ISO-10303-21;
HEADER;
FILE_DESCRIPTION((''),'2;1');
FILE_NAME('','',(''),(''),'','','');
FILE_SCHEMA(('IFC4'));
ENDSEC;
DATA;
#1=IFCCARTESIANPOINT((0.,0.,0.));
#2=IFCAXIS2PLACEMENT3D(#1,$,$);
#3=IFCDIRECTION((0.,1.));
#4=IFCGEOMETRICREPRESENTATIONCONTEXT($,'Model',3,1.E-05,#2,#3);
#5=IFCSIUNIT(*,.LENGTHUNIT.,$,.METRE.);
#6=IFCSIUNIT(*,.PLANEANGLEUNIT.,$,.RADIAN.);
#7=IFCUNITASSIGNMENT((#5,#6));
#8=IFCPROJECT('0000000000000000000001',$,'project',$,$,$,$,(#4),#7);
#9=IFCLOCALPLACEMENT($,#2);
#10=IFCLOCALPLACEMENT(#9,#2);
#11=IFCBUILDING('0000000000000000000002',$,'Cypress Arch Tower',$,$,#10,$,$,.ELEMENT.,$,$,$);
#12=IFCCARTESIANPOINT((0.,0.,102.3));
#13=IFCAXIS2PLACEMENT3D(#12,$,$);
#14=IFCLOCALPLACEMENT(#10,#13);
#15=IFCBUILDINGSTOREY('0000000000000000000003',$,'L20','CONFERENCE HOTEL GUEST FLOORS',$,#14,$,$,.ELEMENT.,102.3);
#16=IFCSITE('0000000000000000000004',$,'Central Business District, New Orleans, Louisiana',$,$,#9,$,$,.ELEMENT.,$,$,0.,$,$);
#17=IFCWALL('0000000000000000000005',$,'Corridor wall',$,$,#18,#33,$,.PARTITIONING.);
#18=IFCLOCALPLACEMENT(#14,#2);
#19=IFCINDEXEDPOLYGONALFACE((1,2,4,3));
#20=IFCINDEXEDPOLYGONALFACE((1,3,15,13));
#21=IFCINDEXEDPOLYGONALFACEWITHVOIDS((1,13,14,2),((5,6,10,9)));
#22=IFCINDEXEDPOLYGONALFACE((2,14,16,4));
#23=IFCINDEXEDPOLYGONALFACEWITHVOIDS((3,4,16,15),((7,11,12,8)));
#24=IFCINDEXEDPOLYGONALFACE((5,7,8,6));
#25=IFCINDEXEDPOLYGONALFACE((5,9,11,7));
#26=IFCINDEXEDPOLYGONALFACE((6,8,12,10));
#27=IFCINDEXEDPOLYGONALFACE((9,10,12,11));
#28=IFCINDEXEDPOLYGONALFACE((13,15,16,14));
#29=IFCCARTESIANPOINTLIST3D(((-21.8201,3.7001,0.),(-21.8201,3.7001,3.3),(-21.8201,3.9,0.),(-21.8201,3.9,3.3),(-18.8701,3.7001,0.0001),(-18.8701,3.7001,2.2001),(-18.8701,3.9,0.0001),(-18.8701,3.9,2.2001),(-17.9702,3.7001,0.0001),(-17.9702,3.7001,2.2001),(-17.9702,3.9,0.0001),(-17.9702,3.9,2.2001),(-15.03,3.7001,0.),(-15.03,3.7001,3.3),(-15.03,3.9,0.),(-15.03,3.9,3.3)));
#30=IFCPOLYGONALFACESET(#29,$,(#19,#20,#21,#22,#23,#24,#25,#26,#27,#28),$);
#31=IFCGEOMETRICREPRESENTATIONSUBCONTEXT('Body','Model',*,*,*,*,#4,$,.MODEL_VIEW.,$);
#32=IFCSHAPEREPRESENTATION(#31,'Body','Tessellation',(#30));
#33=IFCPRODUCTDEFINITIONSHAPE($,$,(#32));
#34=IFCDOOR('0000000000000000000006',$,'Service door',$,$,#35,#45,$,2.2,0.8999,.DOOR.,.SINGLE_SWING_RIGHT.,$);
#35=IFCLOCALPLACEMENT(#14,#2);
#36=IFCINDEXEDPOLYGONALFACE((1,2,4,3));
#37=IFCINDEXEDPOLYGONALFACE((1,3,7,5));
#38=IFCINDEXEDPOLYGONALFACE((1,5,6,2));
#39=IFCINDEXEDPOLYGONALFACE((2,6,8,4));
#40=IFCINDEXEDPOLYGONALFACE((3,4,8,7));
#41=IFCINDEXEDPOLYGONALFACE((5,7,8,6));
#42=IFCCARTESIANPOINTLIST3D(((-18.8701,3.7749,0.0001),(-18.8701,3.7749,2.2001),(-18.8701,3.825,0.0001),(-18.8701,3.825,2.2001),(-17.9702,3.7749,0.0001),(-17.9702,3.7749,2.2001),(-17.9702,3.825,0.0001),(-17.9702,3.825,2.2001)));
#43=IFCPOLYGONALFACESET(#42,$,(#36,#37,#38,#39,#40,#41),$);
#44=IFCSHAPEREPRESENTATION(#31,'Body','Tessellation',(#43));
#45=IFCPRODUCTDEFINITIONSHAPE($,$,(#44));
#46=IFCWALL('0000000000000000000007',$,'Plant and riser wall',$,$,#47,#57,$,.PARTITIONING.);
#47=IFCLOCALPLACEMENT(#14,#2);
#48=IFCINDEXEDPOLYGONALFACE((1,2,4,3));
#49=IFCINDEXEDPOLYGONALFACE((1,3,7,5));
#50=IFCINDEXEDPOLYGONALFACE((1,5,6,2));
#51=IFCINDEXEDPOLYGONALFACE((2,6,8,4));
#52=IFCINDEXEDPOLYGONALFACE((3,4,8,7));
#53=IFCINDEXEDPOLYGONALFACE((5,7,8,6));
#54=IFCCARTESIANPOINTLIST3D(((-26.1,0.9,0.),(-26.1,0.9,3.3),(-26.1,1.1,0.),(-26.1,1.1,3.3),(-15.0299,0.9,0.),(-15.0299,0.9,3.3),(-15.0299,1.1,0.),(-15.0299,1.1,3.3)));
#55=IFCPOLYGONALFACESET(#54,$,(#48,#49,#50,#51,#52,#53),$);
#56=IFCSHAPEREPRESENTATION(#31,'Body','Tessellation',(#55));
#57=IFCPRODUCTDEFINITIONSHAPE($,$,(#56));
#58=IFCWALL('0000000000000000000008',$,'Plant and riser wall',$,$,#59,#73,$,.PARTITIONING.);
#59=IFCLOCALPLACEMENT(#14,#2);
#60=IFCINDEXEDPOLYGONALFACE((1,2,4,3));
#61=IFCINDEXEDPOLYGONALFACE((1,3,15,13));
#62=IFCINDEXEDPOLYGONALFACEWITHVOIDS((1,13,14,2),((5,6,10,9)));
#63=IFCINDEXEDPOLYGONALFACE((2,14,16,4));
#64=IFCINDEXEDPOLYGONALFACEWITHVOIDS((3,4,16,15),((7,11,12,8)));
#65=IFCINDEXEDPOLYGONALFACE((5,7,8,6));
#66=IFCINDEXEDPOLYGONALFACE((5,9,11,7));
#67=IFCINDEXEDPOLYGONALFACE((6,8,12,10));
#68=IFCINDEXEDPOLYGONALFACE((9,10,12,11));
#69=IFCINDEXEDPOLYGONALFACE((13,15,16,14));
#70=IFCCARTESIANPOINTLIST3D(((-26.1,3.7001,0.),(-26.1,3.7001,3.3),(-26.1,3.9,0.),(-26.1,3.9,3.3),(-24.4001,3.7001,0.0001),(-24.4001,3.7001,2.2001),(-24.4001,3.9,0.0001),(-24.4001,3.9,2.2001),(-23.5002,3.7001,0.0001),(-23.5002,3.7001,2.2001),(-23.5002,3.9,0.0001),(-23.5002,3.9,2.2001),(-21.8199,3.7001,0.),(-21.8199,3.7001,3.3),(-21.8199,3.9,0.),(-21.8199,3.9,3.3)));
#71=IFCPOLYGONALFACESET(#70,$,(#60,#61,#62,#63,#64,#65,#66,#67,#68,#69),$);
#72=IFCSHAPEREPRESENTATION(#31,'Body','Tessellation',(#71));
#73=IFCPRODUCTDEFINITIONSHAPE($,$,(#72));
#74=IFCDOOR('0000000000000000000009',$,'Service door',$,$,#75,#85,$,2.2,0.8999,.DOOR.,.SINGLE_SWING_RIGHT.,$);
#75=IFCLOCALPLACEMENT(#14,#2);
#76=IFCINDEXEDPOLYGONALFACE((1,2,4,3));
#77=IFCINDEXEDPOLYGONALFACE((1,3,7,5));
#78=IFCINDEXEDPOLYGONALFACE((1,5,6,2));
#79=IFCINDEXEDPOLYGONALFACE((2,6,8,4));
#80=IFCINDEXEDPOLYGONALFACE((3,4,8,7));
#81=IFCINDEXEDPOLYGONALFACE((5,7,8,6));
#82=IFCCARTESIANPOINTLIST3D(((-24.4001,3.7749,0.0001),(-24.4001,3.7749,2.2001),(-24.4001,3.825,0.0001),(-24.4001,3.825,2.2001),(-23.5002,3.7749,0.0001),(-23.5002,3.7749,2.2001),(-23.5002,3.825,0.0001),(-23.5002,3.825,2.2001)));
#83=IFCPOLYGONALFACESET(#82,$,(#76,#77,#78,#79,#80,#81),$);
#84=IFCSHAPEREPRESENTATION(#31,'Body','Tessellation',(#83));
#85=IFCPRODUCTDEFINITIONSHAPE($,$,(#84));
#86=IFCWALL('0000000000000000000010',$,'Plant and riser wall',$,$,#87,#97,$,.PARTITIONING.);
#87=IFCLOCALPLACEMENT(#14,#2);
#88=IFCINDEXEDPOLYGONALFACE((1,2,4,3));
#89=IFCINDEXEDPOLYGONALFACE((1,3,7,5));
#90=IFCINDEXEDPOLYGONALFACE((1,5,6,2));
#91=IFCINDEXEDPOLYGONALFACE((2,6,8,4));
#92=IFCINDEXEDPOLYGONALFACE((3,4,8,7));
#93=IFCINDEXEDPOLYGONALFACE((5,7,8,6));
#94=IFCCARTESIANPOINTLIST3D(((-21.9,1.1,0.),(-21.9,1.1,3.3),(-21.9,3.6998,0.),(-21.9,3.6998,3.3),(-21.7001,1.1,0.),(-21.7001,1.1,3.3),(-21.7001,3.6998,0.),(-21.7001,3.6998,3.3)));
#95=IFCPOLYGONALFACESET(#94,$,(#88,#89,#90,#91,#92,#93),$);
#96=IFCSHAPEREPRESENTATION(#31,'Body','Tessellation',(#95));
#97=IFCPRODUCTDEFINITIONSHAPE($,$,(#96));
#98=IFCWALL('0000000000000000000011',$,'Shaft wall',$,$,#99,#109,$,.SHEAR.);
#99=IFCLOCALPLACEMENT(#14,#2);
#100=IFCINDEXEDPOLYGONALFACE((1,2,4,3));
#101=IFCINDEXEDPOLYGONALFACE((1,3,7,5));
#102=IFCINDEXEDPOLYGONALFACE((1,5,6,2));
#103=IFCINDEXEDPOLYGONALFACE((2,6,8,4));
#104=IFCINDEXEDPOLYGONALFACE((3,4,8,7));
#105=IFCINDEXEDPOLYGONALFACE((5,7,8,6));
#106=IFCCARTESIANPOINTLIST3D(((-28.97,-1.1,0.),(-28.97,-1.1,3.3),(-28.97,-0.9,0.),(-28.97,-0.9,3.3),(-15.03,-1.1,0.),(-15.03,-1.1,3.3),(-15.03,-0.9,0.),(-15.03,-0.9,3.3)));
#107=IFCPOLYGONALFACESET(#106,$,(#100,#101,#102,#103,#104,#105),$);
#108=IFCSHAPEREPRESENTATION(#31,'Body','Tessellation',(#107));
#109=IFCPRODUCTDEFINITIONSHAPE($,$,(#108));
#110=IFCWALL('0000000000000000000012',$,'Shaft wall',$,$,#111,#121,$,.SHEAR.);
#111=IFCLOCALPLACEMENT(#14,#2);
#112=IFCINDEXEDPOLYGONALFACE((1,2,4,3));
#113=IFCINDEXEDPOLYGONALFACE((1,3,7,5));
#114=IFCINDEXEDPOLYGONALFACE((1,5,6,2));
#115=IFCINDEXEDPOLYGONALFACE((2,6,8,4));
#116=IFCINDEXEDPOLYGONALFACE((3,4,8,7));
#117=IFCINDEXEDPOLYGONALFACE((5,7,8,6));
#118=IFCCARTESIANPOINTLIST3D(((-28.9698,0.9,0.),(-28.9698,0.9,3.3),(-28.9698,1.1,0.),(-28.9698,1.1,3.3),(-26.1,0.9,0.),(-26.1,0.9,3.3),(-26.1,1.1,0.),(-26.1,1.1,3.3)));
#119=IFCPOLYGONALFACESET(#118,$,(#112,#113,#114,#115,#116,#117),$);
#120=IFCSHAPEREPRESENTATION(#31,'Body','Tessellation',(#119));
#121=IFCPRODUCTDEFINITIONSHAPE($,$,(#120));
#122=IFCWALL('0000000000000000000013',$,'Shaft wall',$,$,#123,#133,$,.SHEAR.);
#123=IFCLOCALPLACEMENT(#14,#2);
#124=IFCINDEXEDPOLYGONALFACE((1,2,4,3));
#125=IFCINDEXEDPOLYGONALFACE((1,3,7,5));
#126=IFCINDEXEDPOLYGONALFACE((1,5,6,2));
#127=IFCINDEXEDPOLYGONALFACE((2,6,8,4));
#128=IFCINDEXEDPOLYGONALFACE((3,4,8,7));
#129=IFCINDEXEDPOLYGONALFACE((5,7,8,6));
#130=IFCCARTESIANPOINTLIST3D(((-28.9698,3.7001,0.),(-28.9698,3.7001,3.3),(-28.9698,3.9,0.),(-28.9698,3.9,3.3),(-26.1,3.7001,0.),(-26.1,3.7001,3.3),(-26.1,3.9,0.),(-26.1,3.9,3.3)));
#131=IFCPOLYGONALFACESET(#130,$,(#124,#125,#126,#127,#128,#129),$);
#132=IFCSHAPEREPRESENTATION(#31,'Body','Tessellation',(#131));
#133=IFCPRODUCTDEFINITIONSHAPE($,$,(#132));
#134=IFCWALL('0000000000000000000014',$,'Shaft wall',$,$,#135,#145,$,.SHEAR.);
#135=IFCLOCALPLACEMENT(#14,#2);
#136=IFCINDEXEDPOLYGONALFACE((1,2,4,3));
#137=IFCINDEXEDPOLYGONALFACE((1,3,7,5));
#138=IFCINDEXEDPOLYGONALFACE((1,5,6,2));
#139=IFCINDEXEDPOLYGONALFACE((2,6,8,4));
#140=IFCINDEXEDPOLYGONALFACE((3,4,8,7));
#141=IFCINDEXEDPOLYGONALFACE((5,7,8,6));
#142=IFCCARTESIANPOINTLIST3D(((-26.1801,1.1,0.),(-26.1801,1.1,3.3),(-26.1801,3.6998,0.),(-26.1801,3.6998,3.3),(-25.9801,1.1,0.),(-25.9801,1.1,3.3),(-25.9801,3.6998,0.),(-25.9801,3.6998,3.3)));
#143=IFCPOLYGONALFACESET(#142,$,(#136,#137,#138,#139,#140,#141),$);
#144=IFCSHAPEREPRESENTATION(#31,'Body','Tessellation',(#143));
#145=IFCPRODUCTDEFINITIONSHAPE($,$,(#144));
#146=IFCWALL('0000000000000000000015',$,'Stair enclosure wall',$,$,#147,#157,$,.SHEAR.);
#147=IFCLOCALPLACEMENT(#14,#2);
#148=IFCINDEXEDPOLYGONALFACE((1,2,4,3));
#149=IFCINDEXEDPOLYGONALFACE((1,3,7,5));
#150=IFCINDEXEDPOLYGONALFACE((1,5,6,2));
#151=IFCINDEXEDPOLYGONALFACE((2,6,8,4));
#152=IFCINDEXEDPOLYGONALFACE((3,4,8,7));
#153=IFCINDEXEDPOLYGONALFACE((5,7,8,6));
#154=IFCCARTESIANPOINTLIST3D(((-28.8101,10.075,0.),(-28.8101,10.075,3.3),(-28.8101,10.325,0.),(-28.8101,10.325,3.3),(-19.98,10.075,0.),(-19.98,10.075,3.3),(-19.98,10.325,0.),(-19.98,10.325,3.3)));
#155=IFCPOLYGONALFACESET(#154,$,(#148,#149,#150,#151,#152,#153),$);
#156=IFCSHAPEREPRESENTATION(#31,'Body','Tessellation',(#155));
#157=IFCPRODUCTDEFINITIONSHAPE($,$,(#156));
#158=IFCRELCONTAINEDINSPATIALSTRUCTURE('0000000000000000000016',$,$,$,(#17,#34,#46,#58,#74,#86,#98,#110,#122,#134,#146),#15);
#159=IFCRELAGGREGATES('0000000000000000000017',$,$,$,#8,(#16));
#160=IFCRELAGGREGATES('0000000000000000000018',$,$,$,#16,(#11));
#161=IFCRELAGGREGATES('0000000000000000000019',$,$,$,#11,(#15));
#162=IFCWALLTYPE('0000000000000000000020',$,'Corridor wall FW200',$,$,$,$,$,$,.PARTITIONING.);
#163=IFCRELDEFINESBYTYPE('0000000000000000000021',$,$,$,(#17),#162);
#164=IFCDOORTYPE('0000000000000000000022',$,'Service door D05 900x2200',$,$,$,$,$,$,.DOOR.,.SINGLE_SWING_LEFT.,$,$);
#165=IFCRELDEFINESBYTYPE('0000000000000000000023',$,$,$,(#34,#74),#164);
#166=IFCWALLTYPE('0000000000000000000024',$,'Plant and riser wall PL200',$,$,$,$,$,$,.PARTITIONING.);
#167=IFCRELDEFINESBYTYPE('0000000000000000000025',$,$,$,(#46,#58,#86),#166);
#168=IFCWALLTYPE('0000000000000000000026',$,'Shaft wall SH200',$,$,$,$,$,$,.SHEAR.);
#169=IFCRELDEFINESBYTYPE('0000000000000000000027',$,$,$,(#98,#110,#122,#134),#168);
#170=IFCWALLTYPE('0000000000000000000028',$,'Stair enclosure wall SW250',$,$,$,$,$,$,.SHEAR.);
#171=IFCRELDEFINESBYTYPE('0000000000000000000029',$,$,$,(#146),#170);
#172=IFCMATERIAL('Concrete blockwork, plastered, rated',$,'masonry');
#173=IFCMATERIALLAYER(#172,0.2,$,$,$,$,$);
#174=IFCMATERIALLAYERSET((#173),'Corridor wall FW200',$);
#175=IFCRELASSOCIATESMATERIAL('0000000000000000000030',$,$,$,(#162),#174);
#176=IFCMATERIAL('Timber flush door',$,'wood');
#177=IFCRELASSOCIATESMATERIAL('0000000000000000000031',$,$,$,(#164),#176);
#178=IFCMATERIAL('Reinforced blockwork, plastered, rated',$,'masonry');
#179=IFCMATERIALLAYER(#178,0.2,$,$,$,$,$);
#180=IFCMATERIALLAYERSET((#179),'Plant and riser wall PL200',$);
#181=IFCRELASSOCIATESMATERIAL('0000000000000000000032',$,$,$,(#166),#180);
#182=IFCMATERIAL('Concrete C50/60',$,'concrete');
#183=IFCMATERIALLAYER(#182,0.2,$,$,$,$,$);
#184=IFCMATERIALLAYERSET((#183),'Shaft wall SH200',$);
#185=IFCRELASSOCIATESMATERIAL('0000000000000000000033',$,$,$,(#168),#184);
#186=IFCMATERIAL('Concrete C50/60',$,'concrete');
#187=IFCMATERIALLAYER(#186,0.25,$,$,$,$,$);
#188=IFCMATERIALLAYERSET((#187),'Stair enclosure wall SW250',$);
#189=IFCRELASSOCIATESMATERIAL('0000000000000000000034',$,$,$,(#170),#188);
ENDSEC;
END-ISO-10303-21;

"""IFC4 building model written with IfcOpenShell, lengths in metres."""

from ifc_helpers import new_model, si_unit, direction, frame, frame_2d, origin, place, context, subcontext, project, spatial, rectangle, extrude, material, layer, layer_set, type_object, element, fill, save


model = new_model("IFC4")

# Units and contexts
model_context = context("Model", 3, precision=1e-05, world=origin(), true_north=direction((0.0, 1.0)))
body_context = subcontext(model_context, "Body", "Model", "MODEL_VIEW")
ifc_project = project(units=[si_unit("LENGTHUNIT", "METRE"), si_unit("PLANEANGLEUNIT", "RADIAN")], contexts=[model_context])

# Site, building, storey
site_placement = place(None, origin())
site = spatial("IfcSite", under=ifc_project, at=site_placement, Name="Central Business District, New Orleans, Louisiana", CompositionType="ELEMENT", RefElevation=0.0)
building_placement = place(site_placement, origin())
building = spatial("IfcBuilding", under=site, at=building_placement, Name="Cypress Arch Tower", CompositionType="ELEMENT")
storey_placement = place(building_placement, frame((0.0, 0.0, 102.3)))
storey = spatial("IfcBuildingStorey", under=building, at=storey_placement, Name="L20", Description="CONFERENCE HOTEL GUEST FLOORS", CompositionType="ELEMENT", Elevation=102.3)

# Wall, opening, door
ifc_material_1 = material(Name="Concrete blockwork, plastered, rated", Category="masonry")
ifc_layer_1 = layer(ifc_material_1, 0.2)
ifc_layer_set_1 = layer_set([ifc_layer_1], Name="Corridor wall FW200")
wall_type_1 = type_object("IfcWallType", Name="Corridor wall FW200", PredefinedType="PARTITIONING", material=ifc_layer_set_1)
ifc_material_2 = material(Name="Timber flush door", Category="wood")
door_type_1 = type_object("IfcDoorType", Name="Service door D05 900x2200", OperationType="SINGLE_SWING_LEFT", PredefinedType="DOOR", material=ifc_material_2)
wall_1_placement = place(storey_placement, frame((-21.8201, 3.8, 0.0), z_axis=(0.0, 0.0, 1.0), x_axis=(1.0, 0.0, 0.0)))
wall_1 = element("IfcWall", 1, at=wall_1_placement, inside=storey, type_object=wall_type_1, Name="Corridor wall", PredefinedType="PARTITIONING", context=body_context, shape_type="SweptSolid", body=[
    extrude(rectangle(XDim=6.79, YDim=0.2, at=frame_2d((3.395, 0.0))), origin(), (0.0, 0.0, 1.0), 3.3),
])
opening_1_placement = place(wall_1_placement, frame((2.95, 0.0, 0.0)))
opening_1 = element("IfcOpeningElement", 2, at=opening_1_placement, cuts=wall_1, PredefinedType="OPENING", context=body_context, shape_type="SweptSolid", body=[
    extrude(rectangle(XDim=0.8999, YDim=2.2, at=frame_2d((0.45, 1.1001))), frame((0.0, 0.1099, 0.0), z_axis=(0.0, -1.0, 0.0), x_axis=(1.0, 0.0, 0.0)), (0.0, 0.0, 1.0), 0.22),
])
door_1_placement = place(opening_1_placement, origin())
door_1 = element("IfcDoor", 3, at=door_1_placement, inside=storey, type_object=door_type_1, Name="Service door", OperationType="SINGLE_SWING_RIGHT", OverallHeight=2.2, OverallWidth=0.8999, PredefinedType="DOOR", context=body_context, shape_type="SweptSolid", body=[
    extrude(rectangle(XDim=0.8999, YDim=2.2, at=frame_2d((0.45, 1.1001))), frame((0.0, 0.0249, 0.0), z_axis=(0.0, -1.0, 0.0), x_axis=(1.0, 0.0, 0.0)), (0.0, 0.0, 1.0), 0.05),
])
fill(opening_1, door_1)

# Wall
ifc_material_3 = material(Name="Reinforced blockwork, plastered, rated", Category="masonry")
ifc_layer_2 = layer(ifc_material_3, 0.2)
ifc_layer_set_2 = layer_set([ifc_layer_2], Name="Plant and riser wall PL200")
wall_type_2 = type_object("IfcWallType", Name="Plant and riser wall PL200", PredefinedType="PARTITIONING", material=ifc_layer_set_2)
wall_2_placement = place(storey_placement, frame((-26.1001, 1.0, 0.0), z_axis=(0.0, 0.0, 1.0), x_axis=(1.0, 0.0, 0.0)))
element("IfcWall", 4, at=wall_2_placement, inside=storey, type_object=wall_type_2, Name="Plant and riser wall", PredefinedType="PARTITIONING", context=body_context, shape_type="SweptSolid", body=[
    extrude(rectangle(XDim=11.0701, YDim=0.2, at=frame_2d((5.5352, 0.0))), origin(), (0.0, 0.0, 1.0), 3.3),
])

# Wall, opening, door
wall_3_placement = place(storey_placement, frame((-26.1001, 3.8, 0.0), z_axis=(0.0, 0.0, 1.0), x_axis=(1.0, 0.0, 0.0)))
wall_3 = element("IfcWall", 5, at=wall_3_placement, inside=storey, type_object=wall_type_2, Name="Plant and riser wall", PredefinedType="PARTITIONING", context=body_context, shape_type="SweptSolid", body=[
    extrude(rectangle(XDim=4.28, YDim=0.2, at=frame_2d((2.1401, 0.0))), origin(), (0.0, 0.0, 1.0), 3.3),
])
opening_2_placement = place(wall_3_placement, frame((1.7, 0.0, 0.0)))
opening_2 = element("IfcOpeningElement", 6, at=opening_2_placement, cuts=wall_3, PredefinedType="OPENING", context=body_context, shape_type="SweptSolid", body=[
    extrude(rectangle(XDim=0.8999, YDim=2.2, at=frame_2d((0.45, 1.1001))), frame((0.0, 0.1099, 0.0), z_axis=(0.0, -1.0, 0.0), x_axis=(1.0, 0.0, 0.0)), (0.0, 0.0, 1.0), 0.22),
])
door_2_placement = place(opening_2_placement, origin())
door_2 = element("IfcDoor", 7, at=door_2_placement, inside=storey, type_object=door_type_1, Name="Service door", OperationType="SINGLE_SWING_RIGHT", OverallHeight=2.2, OverallWidth=0.8999, PredefinedType="DOOR", context=body_context, shape_type="SweptSolid", body=[
    extrude(rectangle(XDim=0.8999, YDim=2.2, at=frame_2d((0.45, 1.1001))), frame((0.0, 0.0249, 0.0), z_axis=(0.0, -1.0, 0.0), x_axis=(1.0, 0.0, 0.0)), (0.0, 0.0, 1.0), 0.05),
])
fill(opening_2, door_2)

# Walls
wall_4_placement = place(storey_placement, frame((-21.8, 1.1001, 0.0), z_axis=(0.0, 0.0, 1.0), x_axis=(0.0, 1.0, 0.0)))
element("IfcWall", 8, at=wall_4_placement, inside=storey, type_object=wall_type_2, Name="Plant and riser wall", PredefinedType="PARTITIONING", context=body_context, shape_type="SweptSolid", body=[
    extrude(rectangle(XDim=2.5999, YDim=0.2, at=frame_2d((1.2998, 0.0))), origin(), (0.0, 0.0, 1.0), 3.3),
])
ifc_material_4 = material(Name="Concrete C50/60", Category="concrete")
ifc_layer_3 = layer(ifc_material_4, 0.2)
ifc_layer_set_3 = layer_set([ifc_layer_3], Name="Shaft wall SH200")
wall_type_3 = type_object("IfcWallType", Name="Shaft wall SH200", PredefinedType="SHEAR", material=ifc_layer_set_3)
wall_5_placement = place(storey_placement, frame((-28.97, -1.0, 0.0), z_axis=(0.0, 0.0, 1.0), x_axis=(1.0, 0.0, 0.0)))
element("IfcWall", 9, at=wall_5_placement, inside=storey, type_object=wall_type_3, Name="Shaft wall", PredefinedType="SHEAR", context=body_context, shape_type="SweptSolid", body=[
    extrude(rectangle(XDim=13.9399, YDim=0.2, at=frame_2d((6.97, 0.0))), origin(), (0.0, 0.0, 1.0), 3.3),
])
for number, where, z_axis, x_axis, name in (
    (10, (-28.97, 1.0, 0.0), (0.0, 0.0, 1.0), (1.0, 0.0, 0.0), "Shaft wall"),
    (11, (-28.97, 3.8, 0.0), (0.0, 0.0, 1.0), (1.0, 0.0, 0.0), "Shaft wall"),
):
    element("IfcWall", number, at=place(storey_placement, frame(where, z_axis=z_axis, x_axis=x_axis)), inside=storey, type_object=wall_type_3, Name=name, PredefinedType="SHEAR", context=body_context, shape_type="SweptSolid", body=[
        extrude(rectangle(XDim=2.8699, YDim=0.2, at=frame_2d((1.4351, 0.0))), origin(), (0.0, 0.0, 1.0), 3.3),
    ])
wall_6_placement = place(storey_placement, frame((-26.0801, 1.1001, 0.0), z_axis=(0.0, 0.0, 1.0), x_axis=(0.0, 1.0, 0.0)))
element("IfcWall", 12, at=wall_6_placement, inside=storey, type_object=wall_type_3, Name="Shaft wall", PredefinedType="SHEAR", context=body_context, shape_type="SweptSolid", body=[
    extrude(rectangle(XDim=2.5999, YDim=0.2, at=frame_2d((1.2998, 0.0))), origin(), (0.0, 0.0, 1.0), 3.3),
])
ifc_material_5 = material(Name="Concrete C50/60", Category="concrete")
ifc_layer_4 = layer(ifc_material_5, 0.25)
ifc_layer_set_4 = layer_set([ifc_layer_4], Name="Stair enclosure wall SW250")
wall_type_4 = type_object("IfcWallType", Name="Stair enclosure wall SW250", PredefinedType="SHEAR", material=ifc_layer_set_4)
wall_7_placement = place(storey_placement, frame((-28.8101, 10.2, 0.0), z_axis=(0.0, 0.0, 1.0), x_axis=(1.0, 0.0, 0.0)))
element("IfcWall", 13, at=wall_7_placement, inside=storey, type_object=wall_type_4, Name="Stair enclosure wall", PredefinedType="SHEAR", context=body_context, shape_type="SweptSolid", body=[
    extrude(rectangle(XDim=8.8301, YDim=0.25, at=frame_2d((4.415, 0.0))), origin(), (0.0, 0.0, 1.0), 3.3),
])

save(model, "model.ifc")
